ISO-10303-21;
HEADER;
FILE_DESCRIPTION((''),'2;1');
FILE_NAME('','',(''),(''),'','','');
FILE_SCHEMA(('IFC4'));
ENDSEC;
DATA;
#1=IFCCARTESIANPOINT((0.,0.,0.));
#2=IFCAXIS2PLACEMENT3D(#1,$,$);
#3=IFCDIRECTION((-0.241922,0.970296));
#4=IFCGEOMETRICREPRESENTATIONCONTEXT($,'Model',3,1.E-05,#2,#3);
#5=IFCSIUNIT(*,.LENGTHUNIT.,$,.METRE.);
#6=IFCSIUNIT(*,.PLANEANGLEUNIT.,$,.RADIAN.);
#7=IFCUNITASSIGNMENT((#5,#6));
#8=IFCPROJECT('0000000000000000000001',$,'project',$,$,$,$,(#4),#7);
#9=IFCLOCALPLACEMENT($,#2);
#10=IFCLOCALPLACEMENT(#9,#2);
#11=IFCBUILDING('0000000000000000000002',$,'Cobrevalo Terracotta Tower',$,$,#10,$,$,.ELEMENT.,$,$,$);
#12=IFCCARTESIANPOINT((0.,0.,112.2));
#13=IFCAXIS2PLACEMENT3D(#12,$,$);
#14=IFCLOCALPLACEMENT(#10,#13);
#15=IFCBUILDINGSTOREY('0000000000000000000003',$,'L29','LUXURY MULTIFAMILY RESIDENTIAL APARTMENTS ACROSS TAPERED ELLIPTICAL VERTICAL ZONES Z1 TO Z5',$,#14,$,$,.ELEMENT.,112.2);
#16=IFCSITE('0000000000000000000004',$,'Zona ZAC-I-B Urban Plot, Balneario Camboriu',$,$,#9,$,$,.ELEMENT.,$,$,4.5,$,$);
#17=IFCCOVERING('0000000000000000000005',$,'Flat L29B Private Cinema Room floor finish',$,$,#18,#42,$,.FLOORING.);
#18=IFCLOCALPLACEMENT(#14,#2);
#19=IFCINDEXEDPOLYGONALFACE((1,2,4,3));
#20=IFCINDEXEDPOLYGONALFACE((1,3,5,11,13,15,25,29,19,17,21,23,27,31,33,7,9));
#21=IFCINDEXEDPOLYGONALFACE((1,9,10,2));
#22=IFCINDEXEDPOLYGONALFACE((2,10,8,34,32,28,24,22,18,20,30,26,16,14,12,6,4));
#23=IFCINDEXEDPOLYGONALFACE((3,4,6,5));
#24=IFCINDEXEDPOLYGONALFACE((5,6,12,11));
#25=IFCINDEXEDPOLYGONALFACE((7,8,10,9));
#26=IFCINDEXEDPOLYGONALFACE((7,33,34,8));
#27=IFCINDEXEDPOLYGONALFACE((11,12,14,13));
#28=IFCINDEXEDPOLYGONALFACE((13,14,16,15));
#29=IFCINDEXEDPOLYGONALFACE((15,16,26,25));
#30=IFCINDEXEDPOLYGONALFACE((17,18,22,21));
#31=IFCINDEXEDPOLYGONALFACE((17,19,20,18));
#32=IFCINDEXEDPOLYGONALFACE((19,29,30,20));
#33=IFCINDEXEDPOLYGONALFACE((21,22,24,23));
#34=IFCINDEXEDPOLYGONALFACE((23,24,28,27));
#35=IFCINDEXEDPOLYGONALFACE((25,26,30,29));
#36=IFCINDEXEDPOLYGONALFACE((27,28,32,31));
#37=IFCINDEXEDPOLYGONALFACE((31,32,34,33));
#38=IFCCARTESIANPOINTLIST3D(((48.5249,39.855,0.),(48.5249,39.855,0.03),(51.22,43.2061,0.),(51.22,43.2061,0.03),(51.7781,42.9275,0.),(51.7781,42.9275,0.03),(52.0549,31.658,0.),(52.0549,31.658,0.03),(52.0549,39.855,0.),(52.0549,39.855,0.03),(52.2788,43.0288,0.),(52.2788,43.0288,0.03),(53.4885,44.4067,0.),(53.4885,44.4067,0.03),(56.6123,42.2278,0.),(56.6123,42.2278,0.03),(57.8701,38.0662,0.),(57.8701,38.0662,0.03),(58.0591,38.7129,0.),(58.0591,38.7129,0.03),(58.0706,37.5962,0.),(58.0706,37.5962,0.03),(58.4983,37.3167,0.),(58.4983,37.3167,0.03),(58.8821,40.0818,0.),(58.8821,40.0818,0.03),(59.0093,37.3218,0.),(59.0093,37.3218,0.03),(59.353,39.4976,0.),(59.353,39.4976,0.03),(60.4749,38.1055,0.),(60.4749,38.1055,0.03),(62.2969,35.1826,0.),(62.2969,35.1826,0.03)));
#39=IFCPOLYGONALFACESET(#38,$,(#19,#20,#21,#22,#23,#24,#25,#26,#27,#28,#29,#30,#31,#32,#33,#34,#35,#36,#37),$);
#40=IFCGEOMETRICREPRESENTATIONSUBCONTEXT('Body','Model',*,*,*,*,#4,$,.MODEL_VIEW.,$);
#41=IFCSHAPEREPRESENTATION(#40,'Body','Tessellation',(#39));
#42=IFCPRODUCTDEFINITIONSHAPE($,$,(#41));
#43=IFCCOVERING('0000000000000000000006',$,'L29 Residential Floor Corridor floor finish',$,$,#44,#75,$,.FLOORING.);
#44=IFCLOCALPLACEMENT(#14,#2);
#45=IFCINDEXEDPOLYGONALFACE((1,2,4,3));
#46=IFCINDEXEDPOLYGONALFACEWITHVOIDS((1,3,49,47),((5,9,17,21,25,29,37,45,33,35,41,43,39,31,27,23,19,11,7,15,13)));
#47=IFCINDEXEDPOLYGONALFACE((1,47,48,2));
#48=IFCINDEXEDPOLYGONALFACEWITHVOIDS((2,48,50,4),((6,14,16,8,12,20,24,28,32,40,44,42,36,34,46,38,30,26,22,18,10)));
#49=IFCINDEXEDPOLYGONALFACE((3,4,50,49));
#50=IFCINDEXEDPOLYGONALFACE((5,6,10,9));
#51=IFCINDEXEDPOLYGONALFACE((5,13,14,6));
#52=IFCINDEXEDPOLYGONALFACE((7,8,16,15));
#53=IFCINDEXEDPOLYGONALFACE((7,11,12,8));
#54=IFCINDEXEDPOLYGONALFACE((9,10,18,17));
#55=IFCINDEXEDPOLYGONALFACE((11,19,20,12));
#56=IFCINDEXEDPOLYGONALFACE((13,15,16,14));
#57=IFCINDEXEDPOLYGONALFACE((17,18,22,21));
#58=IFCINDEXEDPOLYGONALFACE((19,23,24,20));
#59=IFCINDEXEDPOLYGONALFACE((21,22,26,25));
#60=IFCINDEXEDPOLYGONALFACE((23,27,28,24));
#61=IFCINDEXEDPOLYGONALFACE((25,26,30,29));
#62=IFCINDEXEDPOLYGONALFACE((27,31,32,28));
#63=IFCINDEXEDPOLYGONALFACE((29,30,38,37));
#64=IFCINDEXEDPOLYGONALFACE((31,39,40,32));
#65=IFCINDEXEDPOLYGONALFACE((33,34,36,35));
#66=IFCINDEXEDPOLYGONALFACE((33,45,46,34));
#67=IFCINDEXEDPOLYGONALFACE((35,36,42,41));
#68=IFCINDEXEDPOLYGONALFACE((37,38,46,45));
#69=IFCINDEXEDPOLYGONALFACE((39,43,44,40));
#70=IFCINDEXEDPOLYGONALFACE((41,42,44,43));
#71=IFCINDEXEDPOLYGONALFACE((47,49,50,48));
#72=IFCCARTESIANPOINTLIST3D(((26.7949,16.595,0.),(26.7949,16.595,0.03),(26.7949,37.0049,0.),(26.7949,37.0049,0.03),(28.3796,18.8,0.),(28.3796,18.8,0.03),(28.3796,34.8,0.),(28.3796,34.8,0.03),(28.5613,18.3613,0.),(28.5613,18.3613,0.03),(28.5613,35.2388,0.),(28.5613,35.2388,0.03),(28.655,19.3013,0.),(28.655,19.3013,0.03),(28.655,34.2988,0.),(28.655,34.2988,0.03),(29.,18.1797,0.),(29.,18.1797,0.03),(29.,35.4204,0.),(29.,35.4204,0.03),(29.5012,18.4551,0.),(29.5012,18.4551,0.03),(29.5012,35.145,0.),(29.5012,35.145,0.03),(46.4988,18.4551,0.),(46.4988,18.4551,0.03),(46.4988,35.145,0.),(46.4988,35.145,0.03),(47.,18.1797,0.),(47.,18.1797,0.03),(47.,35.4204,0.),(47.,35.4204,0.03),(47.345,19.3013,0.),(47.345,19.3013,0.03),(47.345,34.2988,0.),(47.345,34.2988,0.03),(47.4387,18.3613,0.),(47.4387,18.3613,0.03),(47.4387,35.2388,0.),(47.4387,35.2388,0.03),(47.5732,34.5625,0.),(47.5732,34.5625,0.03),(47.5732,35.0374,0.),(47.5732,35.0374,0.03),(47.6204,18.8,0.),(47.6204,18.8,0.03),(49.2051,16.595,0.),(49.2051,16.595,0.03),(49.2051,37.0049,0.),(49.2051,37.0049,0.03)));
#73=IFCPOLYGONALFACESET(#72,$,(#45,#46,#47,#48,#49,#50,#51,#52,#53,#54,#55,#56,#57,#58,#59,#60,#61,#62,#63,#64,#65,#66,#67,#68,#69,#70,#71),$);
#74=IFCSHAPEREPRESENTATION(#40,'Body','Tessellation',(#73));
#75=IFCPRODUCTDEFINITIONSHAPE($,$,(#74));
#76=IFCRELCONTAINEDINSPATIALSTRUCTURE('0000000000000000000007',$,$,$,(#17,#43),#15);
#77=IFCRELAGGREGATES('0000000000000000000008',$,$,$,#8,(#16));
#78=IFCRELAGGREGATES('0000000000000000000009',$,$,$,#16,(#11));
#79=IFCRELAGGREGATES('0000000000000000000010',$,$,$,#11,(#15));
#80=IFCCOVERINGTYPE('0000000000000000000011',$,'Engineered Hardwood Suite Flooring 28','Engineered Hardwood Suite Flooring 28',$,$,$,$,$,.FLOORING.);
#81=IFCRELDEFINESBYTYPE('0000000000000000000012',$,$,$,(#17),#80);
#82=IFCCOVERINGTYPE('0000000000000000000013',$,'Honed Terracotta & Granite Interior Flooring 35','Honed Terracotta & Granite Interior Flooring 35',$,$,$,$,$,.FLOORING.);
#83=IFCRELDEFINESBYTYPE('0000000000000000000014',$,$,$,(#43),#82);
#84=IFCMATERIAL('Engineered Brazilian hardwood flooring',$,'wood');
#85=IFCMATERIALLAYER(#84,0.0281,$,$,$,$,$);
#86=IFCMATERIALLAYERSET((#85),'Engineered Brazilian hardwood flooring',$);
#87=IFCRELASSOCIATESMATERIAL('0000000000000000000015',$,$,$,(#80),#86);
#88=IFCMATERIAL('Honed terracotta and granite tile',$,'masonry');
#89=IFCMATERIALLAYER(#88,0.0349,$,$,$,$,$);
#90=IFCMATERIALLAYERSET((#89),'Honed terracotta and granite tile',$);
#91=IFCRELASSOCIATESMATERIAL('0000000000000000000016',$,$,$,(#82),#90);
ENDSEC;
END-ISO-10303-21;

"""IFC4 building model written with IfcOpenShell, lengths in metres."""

from ifc_helpers import new_model, si_unit, direction, frame, origin, place, context, subcontext, project, spatial, polyline, outline, extrude, material, layer, layer_set, type_object, element, save


model = new_model("IFC4")

# Units and contexts
model_context = context("Model", 3, precision=1e-05, world=origin(), true_north=direction((-0.241922, 0.970296)))
body_context = subcontext(model_context, "Body", "Model", "MODEL_VIEW")
ifc_project = project(units=[si_unit("LENGTHUNIT", "METRE"), si_unit("PLANEANGLEUNIT", "RADIAN")], contexts=[model_context])

# Site, building, storey
site_placement = place(None, origin())
site = spatial("IfcSite", under=ifc_project, at=site_placement, Name="Zona ZAC-I-B Urban Plot, Balneario Camboriu", CompositionType="ELEMENT", RefElevation=4.5)
building_placement = place(site_placement, origin())
building = spatial("IfcBuilding", under=site, at=building_placement, Name="Cobrevalo Terracotta Tower", CompositionType="ELEMENT")
storey_placement = place(building_placement, frame((0.0, 0.0, 112.2)))
storey = spatial("IfcBuildingStorey", under=building, at=storey_placement, Name="L29", Description="LUXURY MULTIFAMILY RESIDENTIAL APARTMENTS ACROSS TAPERED ELLIPTICAL VERTICAL ZONES Z1 TO Z5", CompositionType="ELEMENT", Elevation=112.2)

# Coverings
ifc_material_1 = material(Name="Engineered Brazilian hardwood flooring", Category="wood")
ifc_layer_1 = layer(ifc_material_1, 0.0281)
ifc_layer_set_1 = layer_set([ifc_layer_1], Name="Engineered Brazilian hardwood flooring")
covering_type_1 = type_object("IfcCoveringType", Name="Engineered Hardwood Suite Flooring 28", Description="Engineered Hardwood Suite Flooring 28", PredefinedType="FLOORING", material=ifc_layer_set_1)
covering_1_placement = place(storey_placement, origin())
element("IfcCovering", 1, at=covering_1_placement, inside=storey, type_object=covering_type_1, Name="Flat L29B Private Cinema Room floor finish", PredefinedType="FLOORING", context=body_context, shape_type="SweptSolid", body=[
    extrude(outline(polyline([(48.5249, 39.855), (51.22, 43.2061), (51.7781, 42.9275), (52.2788, 43.0288), (53.4885, 44.4067), (56.6123, 42.2278), (58.8821, 40.0818), (59.353, 39.4976), (58.0591, 38.7129), (57.8701, 38.0662), (58.0706, 37.5962), (58.4983, 37.3167), (59.0093, 37.3218), (60.4749, 38.1055), (62.2969, 35.1826), (52.0549, 31.658), (52.0549, 39.855), (48.5249, 39.855)])), origin(), (0.0, 0.0, 1.0), 0.03),
])
ifc_material_2 = material(Name="Honed terracotta and granite tile", Category="masonry")
ifc_layer_2 = layer(ifc_material_2, 0.0349)
ifc_layer_set_2 = layer_set([ifc_layer_2], Name="Honed terracotta and granite tile")
covering_type_2 = type_object("IfcCoveringType", Name="Honed Terracotta & Granite Interior Flooring 35", Description="Honed Terracotta & Granite Interior Flooring 35", PredefinedType="FLOORING", material=ifc_layer_set_2)
covering_2_placement = place(storey_placement, origin())
element("IfcCovering", 2, at=covering_2_placement, inside=storey, type_object=covering_type_2, Name="L29 Residential Floor Corridor floor finish", PredefinedType="FLOORING", context=body_context, shape_type="SweptSolid", body=[
    extrude(outline(polyline([(49.2051, 37.0049), (49.2051, 16.595), (26.7949, 16.595), (26.7949, 37.0049), (49.2051, 37.0049)]), holes=[polyline([(47.345, 34.2988), (47.5732, 34.5625), (47.5732, 35.0374), (47.4387, 35.2388), (47.0, 35.4204), (46.4988, 35.145), (29.5012, 35.145), (29.0, 35.4204), (28.5613, 35.2388), (28.3796, 34.8), (28.655, 34.2988), (28.655, 19.3013), (28.3796, 18.8), (28.5613, 18.3613), (29.0, 18.1797), (29.5012, 18.4551), (46.4988, 18.4551), (47.0, 18.1797), (47.4387, 18.3613), (47.6204, 18.8), (47.345, 19.3013), (47.345, 34.2988)])]), origin(), (0.0, 0.0, 1.0), 0.03),
])

save(model, "model.ifc")
